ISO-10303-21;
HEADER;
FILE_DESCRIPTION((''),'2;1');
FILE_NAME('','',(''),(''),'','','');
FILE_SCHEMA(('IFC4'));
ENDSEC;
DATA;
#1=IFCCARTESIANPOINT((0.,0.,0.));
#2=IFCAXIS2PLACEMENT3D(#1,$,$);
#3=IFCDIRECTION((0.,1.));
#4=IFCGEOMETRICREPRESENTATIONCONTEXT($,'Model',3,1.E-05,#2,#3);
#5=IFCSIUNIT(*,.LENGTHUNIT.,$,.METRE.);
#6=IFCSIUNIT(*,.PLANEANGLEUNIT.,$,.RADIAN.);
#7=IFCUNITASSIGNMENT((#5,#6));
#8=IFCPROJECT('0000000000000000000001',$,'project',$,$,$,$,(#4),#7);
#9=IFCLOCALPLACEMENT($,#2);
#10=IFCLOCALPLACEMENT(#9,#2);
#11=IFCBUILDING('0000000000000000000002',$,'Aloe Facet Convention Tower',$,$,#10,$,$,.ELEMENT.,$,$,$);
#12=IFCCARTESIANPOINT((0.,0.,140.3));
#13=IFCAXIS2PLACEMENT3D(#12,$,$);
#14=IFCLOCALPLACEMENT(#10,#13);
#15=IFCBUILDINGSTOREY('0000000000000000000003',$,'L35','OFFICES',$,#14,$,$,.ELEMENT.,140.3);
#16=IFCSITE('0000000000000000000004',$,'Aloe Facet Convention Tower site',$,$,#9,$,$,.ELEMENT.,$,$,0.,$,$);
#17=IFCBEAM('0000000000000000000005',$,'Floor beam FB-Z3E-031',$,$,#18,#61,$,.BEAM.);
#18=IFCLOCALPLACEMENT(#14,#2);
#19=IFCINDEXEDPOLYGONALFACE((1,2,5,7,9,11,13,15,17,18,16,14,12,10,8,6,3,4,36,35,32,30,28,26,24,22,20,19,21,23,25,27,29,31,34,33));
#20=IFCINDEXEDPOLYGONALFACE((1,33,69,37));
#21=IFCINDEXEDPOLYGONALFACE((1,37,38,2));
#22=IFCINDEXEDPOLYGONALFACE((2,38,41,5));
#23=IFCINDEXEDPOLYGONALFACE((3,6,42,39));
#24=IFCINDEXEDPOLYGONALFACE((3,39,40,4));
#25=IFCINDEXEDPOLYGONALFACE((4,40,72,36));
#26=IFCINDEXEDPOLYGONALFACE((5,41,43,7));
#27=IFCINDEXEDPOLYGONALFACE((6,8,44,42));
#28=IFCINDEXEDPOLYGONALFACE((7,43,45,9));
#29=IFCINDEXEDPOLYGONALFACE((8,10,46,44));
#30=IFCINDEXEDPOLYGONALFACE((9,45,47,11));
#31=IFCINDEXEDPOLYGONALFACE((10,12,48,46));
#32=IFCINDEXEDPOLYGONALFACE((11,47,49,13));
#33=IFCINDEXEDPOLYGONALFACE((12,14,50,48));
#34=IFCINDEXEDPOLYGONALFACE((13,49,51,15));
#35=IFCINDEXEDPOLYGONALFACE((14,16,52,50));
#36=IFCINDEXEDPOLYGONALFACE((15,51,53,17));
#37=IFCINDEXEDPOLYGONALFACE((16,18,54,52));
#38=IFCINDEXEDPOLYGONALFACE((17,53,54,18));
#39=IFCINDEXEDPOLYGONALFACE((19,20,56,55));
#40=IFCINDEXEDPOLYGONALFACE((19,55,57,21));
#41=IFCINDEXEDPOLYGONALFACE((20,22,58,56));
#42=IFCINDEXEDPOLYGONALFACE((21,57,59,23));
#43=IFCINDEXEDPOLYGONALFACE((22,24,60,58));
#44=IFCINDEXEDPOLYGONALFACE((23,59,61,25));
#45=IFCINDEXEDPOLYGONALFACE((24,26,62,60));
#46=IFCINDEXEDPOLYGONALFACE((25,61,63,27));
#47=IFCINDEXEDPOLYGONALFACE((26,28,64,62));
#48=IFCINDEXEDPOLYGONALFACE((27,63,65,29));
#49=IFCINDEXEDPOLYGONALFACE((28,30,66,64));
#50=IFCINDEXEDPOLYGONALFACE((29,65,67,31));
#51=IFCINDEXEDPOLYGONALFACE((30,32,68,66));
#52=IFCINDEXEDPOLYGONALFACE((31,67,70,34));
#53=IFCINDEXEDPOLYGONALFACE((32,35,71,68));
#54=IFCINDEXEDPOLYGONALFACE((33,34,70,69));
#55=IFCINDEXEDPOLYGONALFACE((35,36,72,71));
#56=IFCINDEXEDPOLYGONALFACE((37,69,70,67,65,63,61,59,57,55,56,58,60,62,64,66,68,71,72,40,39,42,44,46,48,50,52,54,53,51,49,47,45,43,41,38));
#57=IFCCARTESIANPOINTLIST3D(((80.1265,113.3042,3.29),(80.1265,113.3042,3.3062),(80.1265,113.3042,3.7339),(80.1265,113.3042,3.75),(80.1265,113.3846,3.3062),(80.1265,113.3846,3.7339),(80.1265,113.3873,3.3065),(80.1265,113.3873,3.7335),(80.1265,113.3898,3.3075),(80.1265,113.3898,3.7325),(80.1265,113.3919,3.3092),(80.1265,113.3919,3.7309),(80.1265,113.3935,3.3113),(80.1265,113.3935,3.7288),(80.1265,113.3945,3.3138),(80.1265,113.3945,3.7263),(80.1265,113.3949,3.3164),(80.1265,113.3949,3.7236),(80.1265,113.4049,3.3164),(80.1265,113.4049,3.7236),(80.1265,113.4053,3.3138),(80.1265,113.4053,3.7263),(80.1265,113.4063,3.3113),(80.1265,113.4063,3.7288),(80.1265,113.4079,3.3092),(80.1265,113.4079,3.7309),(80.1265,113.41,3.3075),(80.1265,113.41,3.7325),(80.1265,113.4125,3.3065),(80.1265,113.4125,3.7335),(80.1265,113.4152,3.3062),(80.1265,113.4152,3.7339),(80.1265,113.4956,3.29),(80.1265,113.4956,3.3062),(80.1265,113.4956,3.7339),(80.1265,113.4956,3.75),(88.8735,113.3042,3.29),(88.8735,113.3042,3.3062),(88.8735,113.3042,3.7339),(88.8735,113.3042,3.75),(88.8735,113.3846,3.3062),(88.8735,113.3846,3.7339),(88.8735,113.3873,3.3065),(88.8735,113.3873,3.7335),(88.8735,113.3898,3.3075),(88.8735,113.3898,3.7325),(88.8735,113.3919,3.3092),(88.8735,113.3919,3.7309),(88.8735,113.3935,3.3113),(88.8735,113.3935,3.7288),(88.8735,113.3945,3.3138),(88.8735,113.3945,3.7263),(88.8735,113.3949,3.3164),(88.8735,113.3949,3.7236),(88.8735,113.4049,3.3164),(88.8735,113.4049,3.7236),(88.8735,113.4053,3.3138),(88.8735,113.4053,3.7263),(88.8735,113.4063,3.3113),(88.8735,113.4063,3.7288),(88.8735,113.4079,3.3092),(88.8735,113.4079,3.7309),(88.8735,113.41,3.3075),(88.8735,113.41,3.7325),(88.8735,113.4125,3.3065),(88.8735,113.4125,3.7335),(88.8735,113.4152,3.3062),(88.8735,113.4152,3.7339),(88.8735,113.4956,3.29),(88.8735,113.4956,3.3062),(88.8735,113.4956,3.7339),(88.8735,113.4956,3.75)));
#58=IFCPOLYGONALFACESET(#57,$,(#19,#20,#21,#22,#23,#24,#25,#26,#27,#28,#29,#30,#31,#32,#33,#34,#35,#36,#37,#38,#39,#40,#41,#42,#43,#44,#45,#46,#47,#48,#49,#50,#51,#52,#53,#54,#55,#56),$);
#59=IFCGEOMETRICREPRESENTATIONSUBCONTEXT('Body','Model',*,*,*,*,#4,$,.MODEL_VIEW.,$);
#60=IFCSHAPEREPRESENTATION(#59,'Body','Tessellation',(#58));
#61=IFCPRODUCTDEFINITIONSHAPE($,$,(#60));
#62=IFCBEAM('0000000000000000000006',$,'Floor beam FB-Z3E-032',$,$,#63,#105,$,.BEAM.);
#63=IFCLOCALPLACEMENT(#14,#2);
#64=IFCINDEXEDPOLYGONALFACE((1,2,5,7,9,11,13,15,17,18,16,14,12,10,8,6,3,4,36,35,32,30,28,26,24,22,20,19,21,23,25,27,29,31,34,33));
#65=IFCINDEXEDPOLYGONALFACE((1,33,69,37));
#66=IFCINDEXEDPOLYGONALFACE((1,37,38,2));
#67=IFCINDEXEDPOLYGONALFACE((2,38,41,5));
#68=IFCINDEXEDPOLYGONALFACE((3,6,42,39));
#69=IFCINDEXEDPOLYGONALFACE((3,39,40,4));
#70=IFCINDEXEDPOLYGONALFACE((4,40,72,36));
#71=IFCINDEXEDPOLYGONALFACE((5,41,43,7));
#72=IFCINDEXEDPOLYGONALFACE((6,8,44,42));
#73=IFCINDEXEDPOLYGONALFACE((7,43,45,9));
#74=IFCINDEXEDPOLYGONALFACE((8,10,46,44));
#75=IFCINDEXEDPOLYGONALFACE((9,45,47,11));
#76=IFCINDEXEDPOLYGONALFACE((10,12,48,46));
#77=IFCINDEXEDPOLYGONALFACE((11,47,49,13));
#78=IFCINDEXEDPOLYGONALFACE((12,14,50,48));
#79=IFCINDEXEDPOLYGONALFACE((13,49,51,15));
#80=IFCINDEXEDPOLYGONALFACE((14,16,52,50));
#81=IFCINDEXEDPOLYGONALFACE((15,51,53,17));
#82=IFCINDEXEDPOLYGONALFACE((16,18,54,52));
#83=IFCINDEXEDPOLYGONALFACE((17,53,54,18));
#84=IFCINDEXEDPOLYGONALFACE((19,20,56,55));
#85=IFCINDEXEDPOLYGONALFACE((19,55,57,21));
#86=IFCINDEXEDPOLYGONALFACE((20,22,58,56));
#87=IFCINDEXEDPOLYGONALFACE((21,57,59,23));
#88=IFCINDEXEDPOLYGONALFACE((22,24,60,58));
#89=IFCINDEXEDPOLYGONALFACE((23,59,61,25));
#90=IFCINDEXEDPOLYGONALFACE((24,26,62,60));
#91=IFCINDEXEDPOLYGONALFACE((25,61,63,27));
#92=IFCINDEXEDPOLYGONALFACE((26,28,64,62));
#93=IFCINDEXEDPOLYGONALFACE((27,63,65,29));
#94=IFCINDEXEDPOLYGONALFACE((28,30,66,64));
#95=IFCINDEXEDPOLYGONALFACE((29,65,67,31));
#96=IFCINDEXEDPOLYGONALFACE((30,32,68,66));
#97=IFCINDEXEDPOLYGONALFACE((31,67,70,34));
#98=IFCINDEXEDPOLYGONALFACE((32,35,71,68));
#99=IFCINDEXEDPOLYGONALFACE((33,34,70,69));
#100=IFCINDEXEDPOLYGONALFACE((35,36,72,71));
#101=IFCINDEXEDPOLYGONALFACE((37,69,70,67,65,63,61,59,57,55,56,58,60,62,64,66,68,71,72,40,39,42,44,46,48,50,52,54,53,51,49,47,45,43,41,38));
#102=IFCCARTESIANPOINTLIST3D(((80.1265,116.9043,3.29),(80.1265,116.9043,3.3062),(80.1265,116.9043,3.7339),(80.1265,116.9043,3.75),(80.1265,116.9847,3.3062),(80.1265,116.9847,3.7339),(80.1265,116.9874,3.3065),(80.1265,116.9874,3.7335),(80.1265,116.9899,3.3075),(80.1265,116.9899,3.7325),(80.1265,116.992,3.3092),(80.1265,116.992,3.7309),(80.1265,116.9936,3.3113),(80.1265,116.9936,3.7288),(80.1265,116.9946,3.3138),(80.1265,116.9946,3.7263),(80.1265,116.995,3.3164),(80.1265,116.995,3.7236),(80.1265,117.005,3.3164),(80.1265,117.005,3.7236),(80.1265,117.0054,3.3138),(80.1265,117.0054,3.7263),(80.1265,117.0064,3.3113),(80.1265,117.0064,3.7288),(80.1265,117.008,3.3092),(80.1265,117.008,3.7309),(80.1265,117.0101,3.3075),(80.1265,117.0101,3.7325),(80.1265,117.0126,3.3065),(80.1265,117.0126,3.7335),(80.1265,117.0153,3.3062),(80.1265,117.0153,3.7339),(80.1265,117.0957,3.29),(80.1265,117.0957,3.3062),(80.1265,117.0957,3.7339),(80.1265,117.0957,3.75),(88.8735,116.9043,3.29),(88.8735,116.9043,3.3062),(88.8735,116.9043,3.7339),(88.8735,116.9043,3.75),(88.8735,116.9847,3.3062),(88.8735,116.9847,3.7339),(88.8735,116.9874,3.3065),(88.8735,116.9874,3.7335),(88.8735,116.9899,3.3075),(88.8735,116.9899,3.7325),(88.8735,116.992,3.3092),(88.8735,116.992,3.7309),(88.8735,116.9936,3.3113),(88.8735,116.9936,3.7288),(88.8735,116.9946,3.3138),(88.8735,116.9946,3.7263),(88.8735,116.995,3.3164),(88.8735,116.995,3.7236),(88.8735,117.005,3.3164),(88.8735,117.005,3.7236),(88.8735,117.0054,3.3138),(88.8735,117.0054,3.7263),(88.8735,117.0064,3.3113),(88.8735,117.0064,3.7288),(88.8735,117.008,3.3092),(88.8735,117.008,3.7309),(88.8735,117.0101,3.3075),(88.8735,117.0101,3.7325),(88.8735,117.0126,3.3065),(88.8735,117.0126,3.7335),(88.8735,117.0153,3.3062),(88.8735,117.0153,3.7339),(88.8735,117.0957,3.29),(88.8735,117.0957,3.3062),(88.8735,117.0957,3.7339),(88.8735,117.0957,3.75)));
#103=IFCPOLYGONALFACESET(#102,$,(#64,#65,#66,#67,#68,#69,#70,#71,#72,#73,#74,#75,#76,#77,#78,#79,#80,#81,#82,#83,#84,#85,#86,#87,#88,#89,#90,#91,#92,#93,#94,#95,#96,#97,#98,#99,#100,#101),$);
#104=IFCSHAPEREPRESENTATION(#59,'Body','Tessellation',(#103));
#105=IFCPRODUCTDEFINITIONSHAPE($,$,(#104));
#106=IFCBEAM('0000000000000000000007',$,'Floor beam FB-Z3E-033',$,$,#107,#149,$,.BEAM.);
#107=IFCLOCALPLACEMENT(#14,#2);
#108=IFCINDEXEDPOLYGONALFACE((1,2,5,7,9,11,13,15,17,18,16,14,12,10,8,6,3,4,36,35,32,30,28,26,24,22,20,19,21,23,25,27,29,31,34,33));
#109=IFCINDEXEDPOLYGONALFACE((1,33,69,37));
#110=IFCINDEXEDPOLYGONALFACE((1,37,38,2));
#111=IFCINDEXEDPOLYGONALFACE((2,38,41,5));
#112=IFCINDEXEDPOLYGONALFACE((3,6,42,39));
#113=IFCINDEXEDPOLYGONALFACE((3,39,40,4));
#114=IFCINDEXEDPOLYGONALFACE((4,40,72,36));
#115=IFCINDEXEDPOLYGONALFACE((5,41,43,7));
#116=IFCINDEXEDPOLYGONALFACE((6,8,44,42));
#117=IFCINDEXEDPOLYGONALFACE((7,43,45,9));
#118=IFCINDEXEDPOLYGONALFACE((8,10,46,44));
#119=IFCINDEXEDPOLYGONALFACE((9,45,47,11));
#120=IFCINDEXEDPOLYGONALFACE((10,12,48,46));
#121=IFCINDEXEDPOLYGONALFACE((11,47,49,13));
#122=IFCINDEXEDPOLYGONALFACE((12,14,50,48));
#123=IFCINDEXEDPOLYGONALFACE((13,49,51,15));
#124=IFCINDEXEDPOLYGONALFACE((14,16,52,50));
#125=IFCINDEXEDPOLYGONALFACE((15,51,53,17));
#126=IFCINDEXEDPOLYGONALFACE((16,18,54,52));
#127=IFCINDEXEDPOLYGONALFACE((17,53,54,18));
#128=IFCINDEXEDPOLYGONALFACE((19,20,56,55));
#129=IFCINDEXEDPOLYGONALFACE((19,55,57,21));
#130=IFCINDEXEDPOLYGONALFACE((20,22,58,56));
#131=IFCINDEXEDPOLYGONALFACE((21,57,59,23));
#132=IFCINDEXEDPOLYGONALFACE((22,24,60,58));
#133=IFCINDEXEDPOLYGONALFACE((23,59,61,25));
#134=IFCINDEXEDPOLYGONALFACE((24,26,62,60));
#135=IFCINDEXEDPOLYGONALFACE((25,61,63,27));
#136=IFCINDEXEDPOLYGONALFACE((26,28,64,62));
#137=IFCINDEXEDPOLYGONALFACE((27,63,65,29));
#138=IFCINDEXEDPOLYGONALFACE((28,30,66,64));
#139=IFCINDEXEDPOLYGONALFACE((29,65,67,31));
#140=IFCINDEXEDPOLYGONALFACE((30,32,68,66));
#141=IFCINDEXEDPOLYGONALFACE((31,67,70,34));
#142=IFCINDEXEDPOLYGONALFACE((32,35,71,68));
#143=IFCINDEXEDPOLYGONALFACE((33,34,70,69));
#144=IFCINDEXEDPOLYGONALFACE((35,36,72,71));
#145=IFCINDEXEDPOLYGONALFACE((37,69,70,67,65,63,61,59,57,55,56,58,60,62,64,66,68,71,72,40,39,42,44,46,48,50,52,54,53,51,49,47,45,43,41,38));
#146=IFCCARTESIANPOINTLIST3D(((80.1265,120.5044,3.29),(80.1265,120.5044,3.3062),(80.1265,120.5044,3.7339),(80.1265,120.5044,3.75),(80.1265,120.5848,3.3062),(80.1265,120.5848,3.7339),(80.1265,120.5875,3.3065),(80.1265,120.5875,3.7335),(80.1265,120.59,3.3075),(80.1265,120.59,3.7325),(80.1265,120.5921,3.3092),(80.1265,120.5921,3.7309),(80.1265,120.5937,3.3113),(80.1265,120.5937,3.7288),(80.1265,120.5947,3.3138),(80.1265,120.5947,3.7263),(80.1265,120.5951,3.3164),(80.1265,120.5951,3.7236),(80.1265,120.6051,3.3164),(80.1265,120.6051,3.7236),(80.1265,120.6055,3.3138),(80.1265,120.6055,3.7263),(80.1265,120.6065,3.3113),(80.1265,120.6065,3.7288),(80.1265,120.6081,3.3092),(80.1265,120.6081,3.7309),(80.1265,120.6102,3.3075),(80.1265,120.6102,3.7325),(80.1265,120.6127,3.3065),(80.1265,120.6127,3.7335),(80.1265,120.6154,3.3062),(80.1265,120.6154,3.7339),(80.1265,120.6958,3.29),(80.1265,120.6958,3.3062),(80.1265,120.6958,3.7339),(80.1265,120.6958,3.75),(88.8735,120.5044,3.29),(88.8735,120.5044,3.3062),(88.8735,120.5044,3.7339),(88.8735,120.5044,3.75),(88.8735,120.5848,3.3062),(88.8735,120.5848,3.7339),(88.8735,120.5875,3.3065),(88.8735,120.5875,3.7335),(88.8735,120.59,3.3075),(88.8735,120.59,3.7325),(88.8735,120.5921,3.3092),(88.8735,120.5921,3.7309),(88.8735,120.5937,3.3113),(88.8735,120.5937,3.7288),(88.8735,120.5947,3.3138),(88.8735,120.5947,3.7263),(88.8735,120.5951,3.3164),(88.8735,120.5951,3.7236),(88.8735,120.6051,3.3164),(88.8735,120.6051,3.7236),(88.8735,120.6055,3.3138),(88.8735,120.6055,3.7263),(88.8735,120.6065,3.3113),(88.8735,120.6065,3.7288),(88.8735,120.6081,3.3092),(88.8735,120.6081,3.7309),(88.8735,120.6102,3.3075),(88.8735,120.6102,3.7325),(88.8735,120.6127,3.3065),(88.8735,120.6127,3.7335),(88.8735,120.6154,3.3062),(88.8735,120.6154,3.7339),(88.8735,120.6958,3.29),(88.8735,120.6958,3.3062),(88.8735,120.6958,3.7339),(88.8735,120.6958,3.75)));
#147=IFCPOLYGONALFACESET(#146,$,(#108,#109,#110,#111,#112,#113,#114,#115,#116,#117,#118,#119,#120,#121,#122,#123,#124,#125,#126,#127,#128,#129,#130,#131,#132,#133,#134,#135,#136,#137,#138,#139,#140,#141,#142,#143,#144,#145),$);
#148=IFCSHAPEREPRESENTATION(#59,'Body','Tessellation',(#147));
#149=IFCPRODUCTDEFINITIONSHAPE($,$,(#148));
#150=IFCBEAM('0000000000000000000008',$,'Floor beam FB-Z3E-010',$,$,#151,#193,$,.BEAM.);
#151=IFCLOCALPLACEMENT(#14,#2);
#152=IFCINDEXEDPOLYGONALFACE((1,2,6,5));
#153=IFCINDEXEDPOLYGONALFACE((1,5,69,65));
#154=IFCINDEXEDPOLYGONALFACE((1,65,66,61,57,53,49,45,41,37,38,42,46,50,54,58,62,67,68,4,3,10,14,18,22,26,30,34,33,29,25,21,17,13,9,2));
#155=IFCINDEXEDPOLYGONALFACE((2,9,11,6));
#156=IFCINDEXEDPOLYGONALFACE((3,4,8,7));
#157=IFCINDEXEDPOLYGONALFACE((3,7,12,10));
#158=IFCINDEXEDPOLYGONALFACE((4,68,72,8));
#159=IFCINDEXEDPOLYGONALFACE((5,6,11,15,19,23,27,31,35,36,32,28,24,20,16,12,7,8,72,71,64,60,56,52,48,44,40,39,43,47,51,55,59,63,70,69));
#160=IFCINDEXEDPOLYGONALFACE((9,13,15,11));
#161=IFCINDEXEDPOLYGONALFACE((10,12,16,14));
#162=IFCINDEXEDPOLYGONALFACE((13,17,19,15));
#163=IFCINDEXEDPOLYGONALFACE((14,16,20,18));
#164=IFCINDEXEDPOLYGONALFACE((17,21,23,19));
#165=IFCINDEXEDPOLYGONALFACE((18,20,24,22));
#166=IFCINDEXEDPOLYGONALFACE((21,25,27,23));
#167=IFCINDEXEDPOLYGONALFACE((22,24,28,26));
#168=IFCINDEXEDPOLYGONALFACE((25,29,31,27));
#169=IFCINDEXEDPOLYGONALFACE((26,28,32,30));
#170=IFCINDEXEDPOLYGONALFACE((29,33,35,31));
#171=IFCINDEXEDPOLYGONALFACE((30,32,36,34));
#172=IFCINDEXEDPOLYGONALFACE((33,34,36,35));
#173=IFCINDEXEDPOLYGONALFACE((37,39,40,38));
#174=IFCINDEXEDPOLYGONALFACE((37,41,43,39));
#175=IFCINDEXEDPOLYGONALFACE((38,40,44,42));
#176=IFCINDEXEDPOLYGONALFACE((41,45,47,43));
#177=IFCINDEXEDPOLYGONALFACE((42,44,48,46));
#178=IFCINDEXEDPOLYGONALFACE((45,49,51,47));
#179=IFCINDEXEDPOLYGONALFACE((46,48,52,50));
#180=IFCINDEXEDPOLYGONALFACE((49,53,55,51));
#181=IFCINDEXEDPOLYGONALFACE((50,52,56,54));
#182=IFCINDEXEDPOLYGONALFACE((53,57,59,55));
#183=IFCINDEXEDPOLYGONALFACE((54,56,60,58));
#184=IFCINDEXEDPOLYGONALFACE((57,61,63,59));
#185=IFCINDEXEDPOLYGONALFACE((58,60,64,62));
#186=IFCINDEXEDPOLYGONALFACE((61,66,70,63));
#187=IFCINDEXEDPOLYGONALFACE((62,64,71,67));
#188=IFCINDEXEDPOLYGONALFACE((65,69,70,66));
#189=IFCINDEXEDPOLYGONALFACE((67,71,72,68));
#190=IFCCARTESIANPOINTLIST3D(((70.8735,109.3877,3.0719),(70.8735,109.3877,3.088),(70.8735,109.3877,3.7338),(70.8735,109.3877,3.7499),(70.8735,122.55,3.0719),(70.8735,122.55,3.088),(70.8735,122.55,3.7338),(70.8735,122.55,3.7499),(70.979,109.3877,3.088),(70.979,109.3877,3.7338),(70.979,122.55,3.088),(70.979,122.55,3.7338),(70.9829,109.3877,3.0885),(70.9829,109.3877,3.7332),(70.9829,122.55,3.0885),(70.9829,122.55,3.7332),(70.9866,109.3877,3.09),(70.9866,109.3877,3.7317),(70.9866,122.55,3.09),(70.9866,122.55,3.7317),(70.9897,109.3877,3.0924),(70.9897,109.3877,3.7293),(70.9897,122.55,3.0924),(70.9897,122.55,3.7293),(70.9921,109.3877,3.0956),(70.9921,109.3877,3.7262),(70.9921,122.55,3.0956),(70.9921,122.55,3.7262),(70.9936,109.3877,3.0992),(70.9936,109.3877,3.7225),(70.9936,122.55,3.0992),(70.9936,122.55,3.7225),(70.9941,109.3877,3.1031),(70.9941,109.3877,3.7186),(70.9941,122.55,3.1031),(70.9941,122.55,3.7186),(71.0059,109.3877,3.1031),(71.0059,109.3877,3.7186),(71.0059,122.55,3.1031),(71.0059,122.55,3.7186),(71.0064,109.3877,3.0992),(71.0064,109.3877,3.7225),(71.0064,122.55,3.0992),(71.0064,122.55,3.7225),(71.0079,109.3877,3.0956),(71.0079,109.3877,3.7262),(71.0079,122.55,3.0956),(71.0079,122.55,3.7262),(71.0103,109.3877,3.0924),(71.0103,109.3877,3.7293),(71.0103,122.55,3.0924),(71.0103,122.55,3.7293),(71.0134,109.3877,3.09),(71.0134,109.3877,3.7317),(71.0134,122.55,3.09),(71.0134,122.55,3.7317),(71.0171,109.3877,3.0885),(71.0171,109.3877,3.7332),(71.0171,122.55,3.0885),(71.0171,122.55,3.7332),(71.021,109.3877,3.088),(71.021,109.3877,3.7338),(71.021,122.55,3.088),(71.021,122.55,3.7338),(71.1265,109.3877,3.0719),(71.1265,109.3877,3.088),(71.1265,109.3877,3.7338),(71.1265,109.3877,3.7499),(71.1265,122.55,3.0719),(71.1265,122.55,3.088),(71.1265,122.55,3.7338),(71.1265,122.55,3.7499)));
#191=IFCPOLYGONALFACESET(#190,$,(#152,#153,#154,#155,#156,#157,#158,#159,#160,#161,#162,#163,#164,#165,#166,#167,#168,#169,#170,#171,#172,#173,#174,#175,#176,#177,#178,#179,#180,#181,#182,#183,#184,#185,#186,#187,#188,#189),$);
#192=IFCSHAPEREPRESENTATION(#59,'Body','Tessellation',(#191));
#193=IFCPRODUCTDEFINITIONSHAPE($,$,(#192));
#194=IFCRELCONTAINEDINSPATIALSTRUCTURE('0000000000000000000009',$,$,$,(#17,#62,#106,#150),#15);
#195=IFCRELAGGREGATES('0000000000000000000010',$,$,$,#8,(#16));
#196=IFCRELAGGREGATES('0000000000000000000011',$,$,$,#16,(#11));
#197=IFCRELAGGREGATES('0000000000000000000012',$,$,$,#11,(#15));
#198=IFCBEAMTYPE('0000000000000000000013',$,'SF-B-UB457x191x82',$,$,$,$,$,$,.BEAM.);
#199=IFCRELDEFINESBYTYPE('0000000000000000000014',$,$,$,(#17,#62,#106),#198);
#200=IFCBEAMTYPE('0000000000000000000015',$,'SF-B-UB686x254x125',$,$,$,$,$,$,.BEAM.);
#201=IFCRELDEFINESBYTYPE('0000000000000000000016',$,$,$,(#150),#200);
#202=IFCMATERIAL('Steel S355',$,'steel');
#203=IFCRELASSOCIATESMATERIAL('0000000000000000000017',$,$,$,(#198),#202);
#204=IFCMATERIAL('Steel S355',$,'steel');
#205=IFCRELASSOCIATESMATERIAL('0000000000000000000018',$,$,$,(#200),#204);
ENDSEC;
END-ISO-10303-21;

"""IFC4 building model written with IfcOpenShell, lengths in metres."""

from ifc_helpers import new_model, si_unit, direction, frame, origin, origin_2d, place, context, subcontext, project, spatial, i_section, extrude, material, material_profile, profile_set, type_object, element, save


model = new_model("IFC4")

# Units and contexts
model_context = context("Model", 3, precision=1e-05, world=origin(), true_north=direction((0.0, 1.0)))
body_context = subcontext(model_context, "Body", "Model", "MODEL_VIEW")
ifc_project = project(units=[si_unit("LENGTHUNIT", "METRE"), si_unit("PLANEANGLEUNIT", "RADIAN")], contexts=[model_context])

# Site, building, storey
site_placement = place(None, origin())
site = spatial("IfcSite", under=ifc_project, at=site_placement, Name="Aloe Facet Convention Tower site", CompositionType="ELEMENT", RefElevation=0.0)
building_placement = place(site_placement, origin())
building = spatial("IfcBuilding", under=site, at=building_placement, Name="Aloe Facet Convention Tower", CompositionType="ELEMENT")
storey_placement = place(building_placement, frame((0.0, 0.0, 140.3)))
storey = spatial("IfcBuildingStorey", under=building, at=storey_placement, Name="L35", Description="OFFICES", CompositionType="ELEMENT", Elevation=140.3)

# Beams
ifc_material_1 = material(Name="Steel S355", Category="steel")
ifc_material_profile_1 = material_profile(ifc_material_1, i_section(OverallWidth=0.1914, OverallDepth=0.46, WebThickness=0.01, FlangeThickness=0.0161, FilletRadius=0.0103, at=origin_2d()), Name="UB 457x191x82")
ifc_profile_set_1 = profile_set([ifc_material_profile_1], Name="Steel S355")
beam_type_1 = type_object("IfcBeamType", Name="SF-B-UB457x191x82", PredefinedType="BEAM", material=ifc_profile_set_1)
for number, where, z_axis, x_axis, name in (
    (1, (80.1265, 113.3999, 3.52), (1.0, 0.0, 0.0), (0.0, 1.0, 0.0), "Floor beam FB-Z3E-031"),
    (2, (80.1265, 117.0, 3.52), (1.0, 0.0, 0.0), (0.0, 1.0, 0.0), "Floor beam FB-Z3E-032"),
    (3, (80.1265, 120.6001, 3.52), (1.0, 0.0, 0.0), (0.0, 1.0, 0.0), "Floor beam FB-Z3E-033"),
):
    element("IfcBeam", number, at=place(storey_placement, frame(where, z_axis=z_axis, x_axis=x_axis)), inside=storey, type_object=beam_type_1, Name=name, PredefinedType="BEAM", context=body_context, shape_type="SweptSolid", body=[
        extrude(i_section(OverallWidth=0.1914, OverallDepth=0.46, WebThickness=0.01, FlangeThickness=0.0161, FilletRadius=0.0103, at=origin_2d()), origin(), (0.0, 0.0, 1.0), 8.7471),
    ])
ifc_material_2 = material(Name="Steel S355", Category="steel")
ifc_material_profile_2 = material_profile(ifc_material_2, i_section(OverallWidth=0.2529, OverallDepth=0.678, WebThickness=0.0117, FlangeThickness=0.0161, FilletRadius=0.0151, at=origin_2d()), Name="UB 686x254x125")
ifc_profile_set_2 = profile_set([ifc_material_profile_2], Name="Steel S355")
beam_type_2 = type_object("IfcBeamType", Name="SF-B-UB686x254x125", PredefinedType="BEAM", material=ifc_profile_set_2)
beam_1_placement = place(storey_placement, frame((71.0, 122.55, 3.4109), z_axis=(0.0, -1.0, 0.0), x_axis=(1.0, 0.0, 0.0)))
element("IfcBeam", 4, at=beam_1_placement, inside=storey, type_object=beam_type_2, Name="Floor beam FB-Z3E-010", PredefinedType="BEAM", context=body_context, shape_type="SweptSolid", body=[
    extrude(i_section(OverallWidth=0.2529, OverallDepth=0.678, WebThickness=0.0117, FlangeThickness=0.0161, FilletRadius=0.0151, at=origin_2d()), origin(), (0.0, 0.0, 1.0), 13.1624),
])

save(model, "model.ifc")
